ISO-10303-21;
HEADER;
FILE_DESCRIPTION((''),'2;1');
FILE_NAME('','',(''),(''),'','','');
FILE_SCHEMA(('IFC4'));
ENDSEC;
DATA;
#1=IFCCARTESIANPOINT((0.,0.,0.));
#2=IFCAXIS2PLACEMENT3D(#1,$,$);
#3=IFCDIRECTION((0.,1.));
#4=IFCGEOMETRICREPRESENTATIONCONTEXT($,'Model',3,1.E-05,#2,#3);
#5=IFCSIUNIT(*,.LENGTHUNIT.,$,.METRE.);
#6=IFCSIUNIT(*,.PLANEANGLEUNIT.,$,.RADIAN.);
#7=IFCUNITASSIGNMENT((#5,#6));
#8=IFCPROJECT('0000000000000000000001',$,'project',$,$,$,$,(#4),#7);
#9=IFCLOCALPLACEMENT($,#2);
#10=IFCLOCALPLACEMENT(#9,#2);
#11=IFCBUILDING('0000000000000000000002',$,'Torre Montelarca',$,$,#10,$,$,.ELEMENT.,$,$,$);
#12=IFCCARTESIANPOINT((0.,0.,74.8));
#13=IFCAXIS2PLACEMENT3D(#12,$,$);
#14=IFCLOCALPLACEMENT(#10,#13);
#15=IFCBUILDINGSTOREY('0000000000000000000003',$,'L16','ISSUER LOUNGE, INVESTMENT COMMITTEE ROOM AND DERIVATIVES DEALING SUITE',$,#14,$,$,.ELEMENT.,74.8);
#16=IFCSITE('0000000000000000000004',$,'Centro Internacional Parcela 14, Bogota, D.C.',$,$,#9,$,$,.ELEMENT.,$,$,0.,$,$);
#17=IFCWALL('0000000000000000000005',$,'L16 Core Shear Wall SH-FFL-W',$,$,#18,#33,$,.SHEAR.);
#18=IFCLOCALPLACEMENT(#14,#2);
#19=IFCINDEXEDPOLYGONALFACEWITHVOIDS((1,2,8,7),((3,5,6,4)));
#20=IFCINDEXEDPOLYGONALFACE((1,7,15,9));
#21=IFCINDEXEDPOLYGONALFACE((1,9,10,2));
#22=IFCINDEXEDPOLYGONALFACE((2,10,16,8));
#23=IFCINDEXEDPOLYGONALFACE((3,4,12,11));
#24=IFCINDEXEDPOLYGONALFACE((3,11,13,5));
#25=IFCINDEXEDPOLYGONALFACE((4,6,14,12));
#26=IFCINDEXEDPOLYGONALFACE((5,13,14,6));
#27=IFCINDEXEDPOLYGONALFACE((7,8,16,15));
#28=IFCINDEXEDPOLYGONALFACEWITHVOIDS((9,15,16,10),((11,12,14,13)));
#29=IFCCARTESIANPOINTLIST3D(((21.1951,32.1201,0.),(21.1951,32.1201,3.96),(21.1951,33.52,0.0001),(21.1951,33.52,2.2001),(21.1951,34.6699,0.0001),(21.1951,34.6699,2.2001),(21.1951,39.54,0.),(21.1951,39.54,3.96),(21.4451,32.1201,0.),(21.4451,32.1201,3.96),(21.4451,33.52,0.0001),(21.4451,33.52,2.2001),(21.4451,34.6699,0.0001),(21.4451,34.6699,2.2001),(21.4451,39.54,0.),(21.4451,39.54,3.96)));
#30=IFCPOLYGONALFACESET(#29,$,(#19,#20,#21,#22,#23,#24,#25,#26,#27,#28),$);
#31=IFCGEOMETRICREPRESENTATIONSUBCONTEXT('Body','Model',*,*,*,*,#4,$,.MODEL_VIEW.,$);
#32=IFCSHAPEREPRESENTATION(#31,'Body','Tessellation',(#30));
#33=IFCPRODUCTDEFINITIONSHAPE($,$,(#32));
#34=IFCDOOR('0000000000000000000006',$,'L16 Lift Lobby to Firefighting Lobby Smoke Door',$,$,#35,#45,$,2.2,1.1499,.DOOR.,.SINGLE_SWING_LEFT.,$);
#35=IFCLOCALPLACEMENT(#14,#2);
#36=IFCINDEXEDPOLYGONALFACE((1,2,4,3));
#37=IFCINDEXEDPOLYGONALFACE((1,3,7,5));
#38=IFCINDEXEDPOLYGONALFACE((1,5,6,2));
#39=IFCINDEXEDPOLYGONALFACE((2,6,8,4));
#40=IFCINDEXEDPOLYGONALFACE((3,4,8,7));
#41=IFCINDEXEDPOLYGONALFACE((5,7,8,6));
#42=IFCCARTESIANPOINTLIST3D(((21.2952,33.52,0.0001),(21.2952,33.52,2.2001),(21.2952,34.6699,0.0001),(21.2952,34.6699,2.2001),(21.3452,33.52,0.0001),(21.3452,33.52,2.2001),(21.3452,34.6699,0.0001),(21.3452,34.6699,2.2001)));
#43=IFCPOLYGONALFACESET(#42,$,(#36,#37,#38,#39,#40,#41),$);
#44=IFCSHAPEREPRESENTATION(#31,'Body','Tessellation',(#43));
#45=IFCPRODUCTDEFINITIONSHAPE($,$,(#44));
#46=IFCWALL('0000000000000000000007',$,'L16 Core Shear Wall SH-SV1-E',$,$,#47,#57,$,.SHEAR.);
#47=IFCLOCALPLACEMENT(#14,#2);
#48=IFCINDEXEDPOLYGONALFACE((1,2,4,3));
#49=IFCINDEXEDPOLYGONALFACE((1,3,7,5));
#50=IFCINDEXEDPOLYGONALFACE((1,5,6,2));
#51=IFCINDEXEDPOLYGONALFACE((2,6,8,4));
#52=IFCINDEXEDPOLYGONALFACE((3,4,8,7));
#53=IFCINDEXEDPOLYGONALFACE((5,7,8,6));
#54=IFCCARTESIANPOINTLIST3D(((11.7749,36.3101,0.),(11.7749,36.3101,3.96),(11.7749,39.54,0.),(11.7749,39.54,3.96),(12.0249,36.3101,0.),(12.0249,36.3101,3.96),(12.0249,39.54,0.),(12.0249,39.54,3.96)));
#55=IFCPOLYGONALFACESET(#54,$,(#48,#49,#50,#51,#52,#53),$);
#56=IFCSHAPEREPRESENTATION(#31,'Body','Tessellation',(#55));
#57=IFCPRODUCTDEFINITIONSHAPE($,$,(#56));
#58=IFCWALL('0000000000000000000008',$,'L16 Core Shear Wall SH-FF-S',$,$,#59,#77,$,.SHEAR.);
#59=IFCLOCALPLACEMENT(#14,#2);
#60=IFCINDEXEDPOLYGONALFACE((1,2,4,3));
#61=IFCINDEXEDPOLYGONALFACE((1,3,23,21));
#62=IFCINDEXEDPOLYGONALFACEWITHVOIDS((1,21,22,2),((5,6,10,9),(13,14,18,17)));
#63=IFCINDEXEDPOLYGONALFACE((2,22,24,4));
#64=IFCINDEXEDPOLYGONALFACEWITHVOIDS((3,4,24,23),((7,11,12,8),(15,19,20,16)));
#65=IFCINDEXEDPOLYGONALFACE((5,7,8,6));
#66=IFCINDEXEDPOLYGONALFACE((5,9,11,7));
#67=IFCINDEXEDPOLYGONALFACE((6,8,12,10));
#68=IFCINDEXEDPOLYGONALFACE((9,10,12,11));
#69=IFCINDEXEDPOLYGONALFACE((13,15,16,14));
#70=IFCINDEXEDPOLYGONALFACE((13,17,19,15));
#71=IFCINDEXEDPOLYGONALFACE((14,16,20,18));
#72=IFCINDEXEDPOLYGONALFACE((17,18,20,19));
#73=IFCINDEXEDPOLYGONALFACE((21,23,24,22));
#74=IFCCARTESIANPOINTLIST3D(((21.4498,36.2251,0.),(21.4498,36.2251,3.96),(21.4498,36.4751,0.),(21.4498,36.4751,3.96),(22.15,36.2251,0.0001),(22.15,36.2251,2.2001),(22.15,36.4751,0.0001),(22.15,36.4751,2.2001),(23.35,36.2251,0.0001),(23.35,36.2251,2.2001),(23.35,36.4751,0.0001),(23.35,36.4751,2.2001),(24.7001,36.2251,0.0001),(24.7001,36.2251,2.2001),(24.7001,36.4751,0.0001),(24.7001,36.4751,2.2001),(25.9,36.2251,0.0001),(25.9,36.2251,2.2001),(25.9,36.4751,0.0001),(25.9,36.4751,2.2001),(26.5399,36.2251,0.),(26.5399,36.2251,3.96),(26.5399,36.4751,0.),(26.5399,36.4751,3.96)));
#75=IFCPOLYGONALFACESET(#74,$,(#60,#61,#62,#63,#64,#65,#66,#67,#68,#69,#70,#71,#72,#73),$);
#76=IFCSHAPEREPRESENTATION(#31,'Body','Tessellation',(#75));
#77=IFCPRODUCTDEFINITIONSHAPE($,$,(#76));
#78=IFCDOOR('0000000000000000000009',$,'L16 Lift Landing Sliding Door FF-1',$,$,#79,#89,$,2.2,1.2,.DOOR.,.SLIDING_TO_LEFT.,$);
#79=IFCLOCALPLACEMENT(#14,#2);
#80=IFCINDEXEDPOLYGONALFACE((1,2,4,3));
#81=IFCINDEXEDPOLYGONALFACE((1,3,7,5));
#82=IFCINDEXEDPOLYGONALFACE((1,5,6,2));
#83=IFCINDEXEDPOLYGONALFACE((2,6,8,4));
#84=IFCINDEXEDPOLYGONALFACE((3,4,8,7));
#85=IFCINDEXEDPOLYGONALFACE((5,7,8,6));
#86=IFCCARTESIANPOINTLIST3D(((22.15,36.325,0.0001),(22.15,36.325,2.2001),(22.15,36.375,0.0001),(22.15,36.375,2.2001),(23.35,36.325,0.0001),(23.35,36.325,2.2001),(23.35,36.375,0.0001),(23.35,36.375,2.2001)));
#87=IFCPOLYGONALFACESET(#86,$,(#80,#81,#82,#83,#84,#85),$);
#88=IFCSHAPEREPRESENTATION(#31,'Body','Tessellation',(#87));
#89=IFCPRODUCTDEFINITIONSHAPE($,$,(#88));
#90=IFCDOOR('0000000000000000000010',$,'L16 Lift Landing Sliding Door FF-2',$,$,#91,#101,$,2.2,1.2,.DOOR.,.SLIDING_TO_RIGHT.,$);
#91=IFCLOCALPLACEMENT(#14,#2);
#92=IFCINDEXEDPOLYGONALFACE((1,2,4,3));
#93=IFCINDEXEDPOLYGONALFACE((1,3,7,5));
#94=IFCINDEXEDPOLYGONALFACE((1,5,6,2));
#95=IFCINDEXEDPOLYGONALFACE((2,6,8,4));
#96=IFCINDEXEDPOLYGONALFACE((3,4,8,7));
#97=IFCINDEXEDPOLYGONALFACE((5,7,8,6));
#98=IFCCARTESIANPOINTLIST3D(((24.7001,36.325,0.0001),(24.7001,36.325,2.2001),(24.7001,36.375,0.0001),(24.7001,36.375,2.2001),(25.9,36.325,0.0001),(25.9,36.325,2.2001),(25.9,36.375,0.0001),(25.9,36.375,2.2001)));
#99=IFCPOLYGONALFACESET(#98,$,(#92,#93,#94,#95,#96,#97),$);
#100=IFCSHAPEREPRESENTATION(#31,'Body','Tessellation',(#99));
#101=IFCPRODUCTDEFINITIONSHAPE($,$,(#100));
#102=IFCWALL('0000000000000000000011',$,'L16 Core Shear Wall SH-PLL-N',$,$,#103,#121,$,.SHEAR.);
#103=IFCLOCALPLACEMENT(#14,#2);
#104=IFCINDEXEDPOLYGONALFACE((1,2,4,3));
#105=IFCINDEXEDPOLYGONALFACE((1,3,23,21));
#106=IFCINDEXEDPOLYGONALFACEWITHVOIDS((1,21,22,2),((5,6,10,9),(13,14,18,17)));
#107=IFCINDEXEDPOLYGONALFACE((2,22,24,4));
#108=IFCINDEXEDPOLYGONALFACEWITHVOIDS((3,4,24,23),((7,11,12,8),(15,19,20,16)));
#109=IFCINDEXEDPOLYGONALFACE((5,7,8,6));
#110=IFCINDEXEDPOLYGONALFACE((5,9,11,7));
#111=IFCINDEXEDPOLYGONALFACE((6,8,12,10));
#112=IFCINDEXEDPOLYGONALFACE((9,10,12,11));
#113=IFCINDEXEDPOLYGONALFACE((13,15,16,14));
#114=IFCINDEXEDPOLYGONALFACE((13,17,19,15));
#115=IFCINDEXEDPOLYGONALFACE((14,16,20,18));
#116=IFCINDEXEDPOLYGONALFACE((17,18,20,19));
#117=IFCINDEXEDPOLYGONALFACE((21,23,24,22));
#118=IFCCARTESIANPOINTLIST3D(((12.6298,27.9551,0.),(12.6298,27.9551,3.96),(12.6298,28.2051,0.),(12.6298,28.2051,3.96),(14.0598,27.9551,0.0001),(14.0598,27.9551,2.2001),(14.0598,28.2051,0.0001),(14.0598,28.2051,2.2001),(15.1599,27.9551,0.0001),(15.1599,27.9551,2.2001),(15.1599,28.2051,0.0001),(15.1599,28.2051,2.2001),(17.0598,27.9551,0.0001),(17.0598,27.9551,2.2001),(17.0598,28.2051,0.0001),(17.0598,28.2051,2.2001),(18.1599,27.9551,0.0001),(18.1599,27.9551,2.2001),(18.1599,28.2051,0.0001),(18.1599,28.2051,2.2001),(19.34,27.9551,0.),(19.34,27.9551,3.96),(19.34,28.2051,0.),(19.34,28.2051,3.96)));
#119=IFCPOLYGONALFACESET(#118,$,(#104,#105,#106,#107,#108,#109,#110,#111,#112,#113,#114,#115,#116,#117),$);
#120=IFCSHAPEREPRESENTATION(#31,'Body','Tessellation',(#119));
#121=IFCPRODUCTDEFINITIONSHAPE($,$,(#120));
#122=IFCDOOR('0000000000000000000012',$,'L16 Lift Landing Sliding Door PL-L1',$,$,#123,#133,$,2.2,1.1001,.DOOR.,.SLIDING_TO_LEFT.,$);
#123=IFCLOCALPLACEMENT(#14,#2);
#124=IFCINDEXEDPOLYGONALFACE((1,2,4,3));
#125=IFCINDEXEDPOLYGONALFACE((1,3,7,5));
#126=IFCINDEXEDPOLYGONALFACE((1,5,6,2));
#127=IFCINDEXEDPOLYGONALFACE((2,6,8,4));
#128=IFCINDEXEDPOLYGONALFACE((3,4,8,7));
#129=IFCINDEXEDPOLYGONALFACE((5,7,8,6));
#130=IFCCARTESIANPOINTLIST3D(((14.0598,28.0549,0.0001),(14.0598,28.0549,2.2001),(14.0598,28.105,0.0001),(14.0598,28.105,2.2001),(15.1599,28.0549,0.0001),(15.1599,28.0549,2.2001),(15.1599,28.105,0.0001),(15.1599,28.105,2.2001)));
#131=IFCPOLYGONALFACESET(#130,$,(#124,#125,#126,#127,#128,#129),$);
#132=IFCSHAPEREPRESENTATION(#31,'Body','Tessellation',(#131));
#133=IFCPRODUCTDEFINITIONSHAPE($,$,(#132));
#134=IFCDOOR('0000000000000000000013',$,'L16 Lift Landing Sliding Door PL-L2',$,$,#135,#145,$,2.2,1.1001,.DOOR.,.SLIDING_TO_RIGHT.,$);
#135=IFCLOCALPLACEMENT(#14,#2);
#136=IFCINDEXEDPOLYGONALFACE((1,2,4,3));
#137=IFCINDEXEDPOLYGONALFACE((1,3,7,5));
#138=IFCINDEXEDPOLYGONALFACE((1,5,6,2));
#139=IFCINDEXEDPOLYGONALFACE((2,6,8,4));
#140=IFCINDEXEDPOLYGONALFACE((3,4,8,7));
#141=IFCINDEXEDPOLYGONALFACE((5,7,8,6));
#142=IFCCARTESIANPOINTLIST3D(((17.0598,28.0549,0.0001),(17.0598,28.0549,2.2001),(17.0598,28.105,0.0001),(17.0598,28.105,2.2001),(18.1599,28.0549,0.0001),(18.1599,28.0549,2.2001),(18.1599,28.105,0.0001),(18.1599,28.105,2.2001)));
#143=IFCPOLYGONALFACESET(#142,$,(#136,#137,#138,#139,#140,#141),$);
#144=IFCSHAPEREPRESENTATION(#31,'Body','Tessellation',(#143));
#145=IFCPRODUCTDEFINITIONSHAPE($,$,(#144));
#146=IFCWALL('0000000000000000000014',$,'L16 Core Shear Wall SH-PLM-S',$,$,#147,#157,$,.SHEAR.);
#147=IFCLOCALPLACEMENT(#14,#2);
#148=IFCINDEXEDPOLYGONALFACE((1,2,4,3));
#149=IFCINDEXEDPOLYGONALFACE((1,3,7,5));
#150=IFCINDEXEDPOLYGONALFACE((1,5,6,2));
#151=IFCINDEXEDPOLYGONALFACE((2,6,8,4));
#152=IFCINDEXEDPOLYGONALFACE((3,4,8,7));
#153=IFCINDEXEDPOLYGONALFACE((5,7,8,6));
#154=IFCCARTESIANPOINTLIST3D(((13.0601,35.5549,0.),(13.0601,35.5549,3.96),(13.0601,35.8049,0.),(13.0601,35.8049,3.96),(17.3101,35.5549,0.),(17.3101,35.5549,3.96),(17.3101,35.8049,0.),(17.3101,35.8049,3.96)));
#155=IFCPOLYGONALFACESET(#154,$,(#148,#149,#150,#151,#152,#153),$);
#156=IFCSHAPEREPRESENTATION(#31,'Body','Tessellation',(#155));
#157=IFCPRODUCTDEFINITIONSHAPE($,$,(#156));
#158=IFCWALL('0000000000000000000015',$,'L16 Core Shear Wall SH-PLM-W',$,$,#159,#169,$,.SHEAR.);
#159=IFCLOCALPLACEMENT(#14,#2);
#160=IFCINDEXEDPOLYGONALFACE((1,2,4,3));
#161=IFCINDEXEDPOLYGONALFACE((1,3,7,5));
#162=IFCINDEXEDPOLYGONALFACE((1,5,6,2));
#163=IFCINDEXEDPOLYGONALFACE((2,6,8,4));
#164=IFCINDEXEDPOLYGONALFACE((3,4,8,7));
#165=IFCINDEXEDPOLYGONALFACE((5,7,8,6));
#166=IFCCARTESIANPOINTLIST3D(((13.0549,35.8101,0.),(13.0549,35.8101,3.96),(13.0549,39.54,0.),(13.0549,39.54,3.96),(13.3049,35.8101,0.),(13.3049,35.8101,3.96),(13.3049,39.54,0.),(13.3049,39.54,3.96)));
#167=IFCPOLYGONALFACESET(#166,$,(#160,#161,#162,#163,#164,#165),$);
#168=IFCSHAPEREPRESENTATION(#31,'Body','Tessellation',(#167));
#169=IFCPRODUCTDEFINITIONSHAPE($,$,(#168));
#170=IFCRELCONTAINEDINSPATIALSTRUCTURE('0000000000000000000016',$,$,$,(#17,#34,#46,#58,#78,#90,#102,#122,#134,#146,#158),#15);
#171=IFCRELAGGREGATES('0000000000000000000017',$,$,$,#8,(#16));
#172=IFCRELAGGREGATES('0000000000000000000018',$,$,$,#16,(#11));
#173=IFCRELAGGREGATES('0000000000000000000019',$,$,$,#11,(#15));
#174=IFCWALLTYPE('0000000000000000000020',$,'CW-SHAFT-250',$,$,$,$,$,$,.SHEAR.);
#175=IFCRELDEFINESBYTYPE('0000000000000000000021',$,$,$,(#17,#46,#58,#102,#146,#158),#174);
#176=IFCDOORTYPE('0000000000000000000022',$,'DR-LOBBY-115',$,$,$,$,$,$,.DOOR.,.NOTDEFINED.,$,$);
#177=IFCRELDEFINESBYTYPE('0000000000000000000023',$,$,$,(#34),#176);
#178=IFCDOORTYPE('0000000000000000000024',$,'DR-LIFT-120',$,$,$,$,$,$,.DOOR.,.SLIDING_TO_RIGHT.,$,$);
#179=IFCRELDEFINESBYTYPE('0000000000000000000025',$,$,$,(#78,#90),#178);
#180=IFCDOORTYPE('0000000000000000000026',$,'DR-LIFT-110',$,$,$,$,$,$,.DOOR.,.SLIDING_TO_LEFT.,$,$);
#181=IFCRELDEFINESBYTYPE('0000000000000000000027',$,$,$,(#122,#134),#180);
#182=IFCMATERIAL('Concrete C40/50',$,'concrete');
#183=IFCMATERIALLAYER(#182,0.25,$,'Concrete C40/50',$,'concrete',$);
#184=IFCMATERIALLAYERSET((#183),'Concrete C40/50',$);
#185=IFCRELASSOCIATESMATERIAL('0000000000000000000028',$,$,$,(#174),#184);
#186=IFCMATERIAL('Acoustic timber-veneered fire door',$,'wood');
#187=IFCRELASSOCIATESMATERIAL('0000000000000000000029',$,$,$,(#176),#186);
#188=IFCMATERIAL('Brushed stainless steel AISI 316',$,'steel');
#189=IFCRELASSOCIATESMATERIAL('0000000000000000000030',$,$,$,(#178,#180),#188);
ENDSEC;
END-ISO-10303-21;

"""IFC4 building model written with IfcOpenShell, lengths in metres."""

from ifc_helpers import new_model, si_unit, direction, frame, frame_2d, origin, place, context, subcontext, project, spatial, rectangle, extrude, source, transform, mapped, material, layer, layer_set, type_object, element, fill, save


model = new_model("IFC4")

# Units and contexts
model_context = context("Model", 3, precision=1e-05, world=origin(), true_north=direction((0.0, 1.0)))
body_context = subcontext(model_context, "Body", "Model", "MODEL_VIEW")
ifc_project = project(units=[si_unit("LENGTHUNIT", "METRE"), si_unit("PLANEANGLEUNIT", "RADIAN")], contexts=[model_context])

# Site, building, storey
site_placement = place(None, origin())
site = spatial("IfcSite", under=ifc_project, at=site_placement, Name="Centro Internacional Parcela 14, Bogota, D.C.", CompositionType="ELEMENT", RefElevation=0.0)
building_placement = place(site_placement, origin())
building = spatial("IfcBuilding", under=site, at=building_placement, Name="Torre Montelarca", CompositionType="ELEMENT")
storey_placement = place(building_placement, frame((0.0, 0.0, 74.8)))
storey = spatial("IfcBuildingStorey", under=building, at=storey_placement, Name="L16", Description="ISSUER LOUNGE, INVESTMENT COMMITTEE ROOM AND DERIVATIVES DEALING SUITE", CompositionType="ELEMENT", Elevation=74.8)

# Wall, opening, door
ifc_material_1 = material(Name="Concrete C40/50", Category="concrete")
ifc_layer_1 = layer(ifc_material_1, 0.25, Name="Concrete C40/50", Category="concrete")
ifc_layer_set_1 = layer_set([ifc_layer_1], Name="Concrete C40/50")
wall_type_1 = type_object("IfcWallType", Name="CW-SHAFT-250", PredefinedType="SHEAR", material=ifc_layer_set_1)
wall_1_placement = place(storey_placement, frame((21.3201, 32.1201, 0.0), z_axis=(0.0, 0.0, 1.0), x_axis=(0.0, 1.0, 0.0)))
wall_1 = element("IfcWall", 1, at=wall_1_placement, inside=storey, type_object=wall_type_1, Name="L16 Core Shear Wall SH-FFL-W", PredefinedType="SHEAR", context=body_context, shape_type="SweptSolid", body=[
    extrude(rectangle(XDim=7.4199, YDim=0.25, at=frame_2d((3.71, 0.0))), origin(), (0.0, 0.0, 1.0), 3.96),
])
opening_1_placement = place(wall_1_placement, frame((1.3999, 0.0, 0.0)))
opening_1 = element("IfcOpeningElement", 2, at=opening_1_placement, cuts=wall_1, PredefinedType="OPENING", context=body_context, shape_type="SweptSolid", body=[
    extrude(rectangle(XDim=1.1499, YDim=2.2, at=frame_2d((0.575, 1.1001))), frame((0.0, 0.135, 0.0), z_axis=(0.0, -1.0, 0.0), x_axis=(1.0, 0.0, 0.0)), (0.0, 0.0, 1.0), 0.27),
])
ifc_material_2 = material(Name="Acoustic timber-veneered fire door", Category="wood")
door_type_1 = type_object("IfcDoorType", Name="DR-LOBBY-115", OperationType="NOTDEFINED", PredefinedType="DOOR", material=ifc_material_2)
shared_shape_1 = source(origin(), body_context, "Body", "SweptSolid", [
    extrude(rectangle(XDim=1.1499, YDim=2.2, at=frame_2d((0.575, 1.1001))), frame((0.0, 0.0249, 0.0), z_axis=(0.0, -1.0, 0.0), x_axis=(1.0, 0.0, 0.0)), (0.0, 0.0, 1.0), 0.05),
])
door_1_placement = place(opening_1_placement, origin())
door_1 = element("IfcDoor", 3, at=door_1_placement, inside=storey, type_object=door_type_1, Name="L16 Lift Lobby to Firefighting Lobby Smoke Door", OperationType="SINGLE_SWING_LEFT", OverallHeight=2.2, OverallWidth=1.1499, PredefinedType="DOOR", context=body_context, shape_type="MappedRepresentation", body=[
    mapped(shared_shape_1, transform((0.0, 0.0, 0.0), scale=1.0)),
])
fill(opening_1, door_1)

# Wall
wall_2_placement = place(storey_placement, frame((11.8999, 36.3101, 0.0), z_axis=(0.0, 0.0, 1.0), x_axis=(0.0, 1.0, 0.0)))
element("IfcWall", 4, at=wall_2_placement, inside=storey, type_object=wall_type_1, Name="L16 Core Shear Wall SH-SV1-E", PredefinedType="SHEAR", context=body_context, shape_type="SweptSolid", body=[
    extrude(rectangle(XDim=3.23, YDim=0.25, at=frame_2d((1.615, 0.0))), origin(), (0.0, 0.0, 1.0), 3.96),
])

# Walls, openings, doors
wall_3_placement = place(storey_placement, frame((21.45, 36.3501, 0.0), z_axis=(0.0, 0.0, 1.0), x_axis=(1.0, 0.0, 0.0)))
wall_3 = element("IfcWall", 5, at=wall_3_placement, inside=storey, type_object=wall_type_1, Name="L16 Core Shear Wall SH-FF-S", PredefinedType="SHEAR", context=body_context, shape_type="SweptSolid", body=[
    extrude(rectangle(XDim=5.0901, YDim=0.25, at=frame_2d((2.5449, 0.0))), origin(), (0.0, 0.0, 1.0), 3.96),
])
opening_2_placement = place(wall_3_placement, frame((0.7, 0.0, 0.0)))
opening_2 = element("IfcOpeningElement", 6, at=opening_2_placement, cuts=wall_3, PredefinedType="OPENING", context=body_context, shape_type="SweptSolid", body=[
    extrude(rectangle(XDim=1.2, YDim=2.2, at=frame_2d((0.6001, 1.1001))), frame((0.0, 0.135, 0.0), z_axis=(0.0, -1.0, 0.0), x_axis=(1.0, 0.0, 0.0)), (0.0, 0.0, 1.0), 0.27),
])
opening_3_placement = place(wall_3_placement, frame((3.25, 0.0, 0.0)))
opening_3 = element("IfcOpeningElement", 7, at=opening_3_placement, cuts=wall_3, PredefinedType="OPENING", context=body_context, shape_type="SweptSolid", body=[
    extrude(rectangle(XDim=1.2, YDim=2.2, at=frame_2d((0.6001, 1.1001))), frame((0.0, 0.135, 0.0), z_axis=(0.0, -1.0, 0.0), x_axis=(1.0, 0.0, 0.0)), (0.0, 0.0, 1.0), 0.27),
])
ifc_material_3 = material(Name="Brushed stainless steel AISI 316", Category="steel")
door_type_2 = type_object("IfcDoorType", Name="DR-LIFT-120", OperationType="SLIDING_TO_RIGHT", PredefinedType="DOOR", material=ifc_material_3)
shared_shape_2 = source(origin(), body_context, "Body", "SweptSolid", [
    extrude(rectangle(XDim=1.2, YDim=2.2, at=frame_2d((0.6001, 1.1001))), frame((0.0, 0.0249, 0.0), z_axis=(0.0, -1.0, 0.0), x_axis=(1.0, 0.0, 0.0)), (0.0, 0.0, 1.0), 0.05),
])
door_2_placement = place(opening_2_placement, origin())
door_2 = element("IfcDoor", 8, at=door_2_placement, inside=storey, type_object=door_type_2, Name="L16 Lift Landing Sliding Door FF-1", OperationType="SLIDING_TO_LEFT", OverallHeight=2.2, OverallWidth=1.2, PredefinedType="DOOR", context=body_context, shape_type="MappedRepresentation", body=[
    mapped(shared_shape_2, transform((0.0, 0.0, 0.0), scale=1.0)),
])
fill(opening_2, door_2)
door_3_placement = place(opening_3_placement, origin())
door_3 = element("IfcDoor", 9, at=door_3_placement, inside=storey, type_object=door_type_2, Name="L16 Lift Landing Sliding Door FF-2", OperationType="SLIDING_TO_RIGHT", OverallHeight=2.2, OverallWidth=1.2, PredefinedType="DOOR", context=body_context, shape_type="MappedRepresentation", body=[
    mapped(shared_shape_2, transform((0.0, 0.0, 0.0), scale=1.0)),
])
fill(opening_3, door_3)
wall_4_placement = place(storey_placement, frame((12.6299, 28.0801, 0.0), z_axis=(0.0, 0.0, 1.0), x_axis=(1.0, 0.0, 0.0)))
wall_4 = element("IfcWall", 10, at=wall_4_placement, inside=storey, type_object=wall_type_1, Name="L16 Core Shear Wall SH-PLL-N", PredefinedType="SHEAR", context=body_context, shape_type="SweptSolid", body=[
    extrude(rectangle(XDim=6.7102, YDim=0.25, at=frame_2d((3.355, 0.0))), origin(), (0.0, 0.0, 1.0), 3.96),
])
opening_4_placement = place(wall_4_placement, frame((1.4299, 0.0, 0.0)))
opening_4 = element("IfcOpeningElement", 11, at=opening_4_placement, cuts=wall_4, PredefinedType="OPENING", context=body_context, shape_type="SweptSolid", body=[
    extrude(rectangle(XDim=1.1001, YDim=2.2, at=frame_2d((0.55, 1.1001))), frame((0.0, 0.135, 0.0), z_axis=(0.0, -1.0, 0.0), x_axis=(1.0, 0.0, 0.0)), (0.0, 0.0, 1.0), 0.27),
])
opening_5_placement = place(wall_4_placement, frame((4.4299, 0.0, 0.0)))
opening_5 = element("IfcOpeningElement", 12, at=opening_5_placement, cuts=wall_4, PredefinedType="OPENING", context=body_context, shape_type="SweptSolid", body=[
    extrude(rectangle(XDim=1.1001, YDim=2.2, at=frame_2d((0.55, 1.1001))), frame((0.0, 0.135, 0.0), z_axis=(0.0, -1.0, 0.0), x_axis=(1.0, 0.0, 0.0)), (0.0, 0.0, 1.0), 0.27),
])
door_type_3 = type_object("IfcDoorType", Name="DR-LIFT-110", OperationType="SLIDING_TO_LEFT", PredefinedType="DOOR", material=ifc_material_3)
shared_shape_3 = source(origin(), body_context, "Body", "SweptSolid", [
    extrude(rectangle(XDim=1.1001, YDim=2.2, at=frame_2d((0.55, 1.1001))), frame((0.0, 0.0249, 0.0), z_axis=(0.0, -1.0, 0.0), x_axis=(1.0, 0.0, 0.0)), (0.0, 0.0, 1.0), 0.05),
])
door_4_placement = place(opening_4_placement, origin())
door_4 = element("IfcDoor", 13, at=door_4_placement, inside=storey, type_object=door_type_3, Name="L16 Lift Landing Sliding Door PL-L1", OperationType="SLIDING_TO_LEFT", OverallHeight=2.2, OverallWidth=1.1001, PredefinedType="DOOR", context=body_context, shape_type="MappedRepresentation", body=[
    mapped(shared_shape_3, transform((0.0, 0.0, 0.0), scale=1.0)),
])
fill(opening_4, door_4)
door_5_placement = place(opening_5_placement, origin())
door_5 = element("IfcDoor", 14, at=door_5_placement, inside=storey, type_object=door_type_3, Name="L16 Lift Landing Sliding Door PL-L2", OperationType="SLIDING_TO_RIGHT", OverallHeight=2.2, OverallWidth=1.1001, PredefinedType="DOOR", context=body_context, shape_type="MappedRepresentation", body=[
    mapped(shared_shape_3, transform((0.0, 0.0, 0.0), scale=1.0)),
])
fill(opening_5, door_5)

# Walls
wall_5_placement = place(storey_placement, frame((13.0601, 35.6799, 0.0), z_axis=(0.0, 0.0, 1.0), x_axis=(1.0, 0.0, 0.0)))
element("IfcWall", 15, at=wall_5_placement, inside=storey, type_object=wall_type_1, Name="L16 Core Shear Wall SH-PLM-S", PredefinedType="SHEAR", context=body_context, shape_type="SweptSolid", body=[
    extrude(rectangle(XDim=4.25, YDim=0.25, at=frame_2d((2.125, 0.0))), origin(), (0.0, 0.0, 1.0), 3.96),
])
for number, where, z_axis, x_axis, name in (
    (16, (13.1799, 35.8101, 0.0), (0.0, 0.0, 1.0), (0.0, 1.0, 0.0), "L16 Core Shear Wall SH-PLM-W"),
):
    element("IfcWall", number, at=place(storey_placement, frame(where, z_axis=z_axis, x_axis=x_axis)), inside=storey, type_object=wall_type_1, Name=name, PredefinedType="SHEAR", context=body_context, shape_type="SweptSolid", body=[
        extrude(rectangle(XDim=3.73, YDim=0.25, at=frame_2d((1.865, 0.0))), origin(), (0.0, 0.0, 1.0), 3.96),
    ])

save(model, "model.ifc")
